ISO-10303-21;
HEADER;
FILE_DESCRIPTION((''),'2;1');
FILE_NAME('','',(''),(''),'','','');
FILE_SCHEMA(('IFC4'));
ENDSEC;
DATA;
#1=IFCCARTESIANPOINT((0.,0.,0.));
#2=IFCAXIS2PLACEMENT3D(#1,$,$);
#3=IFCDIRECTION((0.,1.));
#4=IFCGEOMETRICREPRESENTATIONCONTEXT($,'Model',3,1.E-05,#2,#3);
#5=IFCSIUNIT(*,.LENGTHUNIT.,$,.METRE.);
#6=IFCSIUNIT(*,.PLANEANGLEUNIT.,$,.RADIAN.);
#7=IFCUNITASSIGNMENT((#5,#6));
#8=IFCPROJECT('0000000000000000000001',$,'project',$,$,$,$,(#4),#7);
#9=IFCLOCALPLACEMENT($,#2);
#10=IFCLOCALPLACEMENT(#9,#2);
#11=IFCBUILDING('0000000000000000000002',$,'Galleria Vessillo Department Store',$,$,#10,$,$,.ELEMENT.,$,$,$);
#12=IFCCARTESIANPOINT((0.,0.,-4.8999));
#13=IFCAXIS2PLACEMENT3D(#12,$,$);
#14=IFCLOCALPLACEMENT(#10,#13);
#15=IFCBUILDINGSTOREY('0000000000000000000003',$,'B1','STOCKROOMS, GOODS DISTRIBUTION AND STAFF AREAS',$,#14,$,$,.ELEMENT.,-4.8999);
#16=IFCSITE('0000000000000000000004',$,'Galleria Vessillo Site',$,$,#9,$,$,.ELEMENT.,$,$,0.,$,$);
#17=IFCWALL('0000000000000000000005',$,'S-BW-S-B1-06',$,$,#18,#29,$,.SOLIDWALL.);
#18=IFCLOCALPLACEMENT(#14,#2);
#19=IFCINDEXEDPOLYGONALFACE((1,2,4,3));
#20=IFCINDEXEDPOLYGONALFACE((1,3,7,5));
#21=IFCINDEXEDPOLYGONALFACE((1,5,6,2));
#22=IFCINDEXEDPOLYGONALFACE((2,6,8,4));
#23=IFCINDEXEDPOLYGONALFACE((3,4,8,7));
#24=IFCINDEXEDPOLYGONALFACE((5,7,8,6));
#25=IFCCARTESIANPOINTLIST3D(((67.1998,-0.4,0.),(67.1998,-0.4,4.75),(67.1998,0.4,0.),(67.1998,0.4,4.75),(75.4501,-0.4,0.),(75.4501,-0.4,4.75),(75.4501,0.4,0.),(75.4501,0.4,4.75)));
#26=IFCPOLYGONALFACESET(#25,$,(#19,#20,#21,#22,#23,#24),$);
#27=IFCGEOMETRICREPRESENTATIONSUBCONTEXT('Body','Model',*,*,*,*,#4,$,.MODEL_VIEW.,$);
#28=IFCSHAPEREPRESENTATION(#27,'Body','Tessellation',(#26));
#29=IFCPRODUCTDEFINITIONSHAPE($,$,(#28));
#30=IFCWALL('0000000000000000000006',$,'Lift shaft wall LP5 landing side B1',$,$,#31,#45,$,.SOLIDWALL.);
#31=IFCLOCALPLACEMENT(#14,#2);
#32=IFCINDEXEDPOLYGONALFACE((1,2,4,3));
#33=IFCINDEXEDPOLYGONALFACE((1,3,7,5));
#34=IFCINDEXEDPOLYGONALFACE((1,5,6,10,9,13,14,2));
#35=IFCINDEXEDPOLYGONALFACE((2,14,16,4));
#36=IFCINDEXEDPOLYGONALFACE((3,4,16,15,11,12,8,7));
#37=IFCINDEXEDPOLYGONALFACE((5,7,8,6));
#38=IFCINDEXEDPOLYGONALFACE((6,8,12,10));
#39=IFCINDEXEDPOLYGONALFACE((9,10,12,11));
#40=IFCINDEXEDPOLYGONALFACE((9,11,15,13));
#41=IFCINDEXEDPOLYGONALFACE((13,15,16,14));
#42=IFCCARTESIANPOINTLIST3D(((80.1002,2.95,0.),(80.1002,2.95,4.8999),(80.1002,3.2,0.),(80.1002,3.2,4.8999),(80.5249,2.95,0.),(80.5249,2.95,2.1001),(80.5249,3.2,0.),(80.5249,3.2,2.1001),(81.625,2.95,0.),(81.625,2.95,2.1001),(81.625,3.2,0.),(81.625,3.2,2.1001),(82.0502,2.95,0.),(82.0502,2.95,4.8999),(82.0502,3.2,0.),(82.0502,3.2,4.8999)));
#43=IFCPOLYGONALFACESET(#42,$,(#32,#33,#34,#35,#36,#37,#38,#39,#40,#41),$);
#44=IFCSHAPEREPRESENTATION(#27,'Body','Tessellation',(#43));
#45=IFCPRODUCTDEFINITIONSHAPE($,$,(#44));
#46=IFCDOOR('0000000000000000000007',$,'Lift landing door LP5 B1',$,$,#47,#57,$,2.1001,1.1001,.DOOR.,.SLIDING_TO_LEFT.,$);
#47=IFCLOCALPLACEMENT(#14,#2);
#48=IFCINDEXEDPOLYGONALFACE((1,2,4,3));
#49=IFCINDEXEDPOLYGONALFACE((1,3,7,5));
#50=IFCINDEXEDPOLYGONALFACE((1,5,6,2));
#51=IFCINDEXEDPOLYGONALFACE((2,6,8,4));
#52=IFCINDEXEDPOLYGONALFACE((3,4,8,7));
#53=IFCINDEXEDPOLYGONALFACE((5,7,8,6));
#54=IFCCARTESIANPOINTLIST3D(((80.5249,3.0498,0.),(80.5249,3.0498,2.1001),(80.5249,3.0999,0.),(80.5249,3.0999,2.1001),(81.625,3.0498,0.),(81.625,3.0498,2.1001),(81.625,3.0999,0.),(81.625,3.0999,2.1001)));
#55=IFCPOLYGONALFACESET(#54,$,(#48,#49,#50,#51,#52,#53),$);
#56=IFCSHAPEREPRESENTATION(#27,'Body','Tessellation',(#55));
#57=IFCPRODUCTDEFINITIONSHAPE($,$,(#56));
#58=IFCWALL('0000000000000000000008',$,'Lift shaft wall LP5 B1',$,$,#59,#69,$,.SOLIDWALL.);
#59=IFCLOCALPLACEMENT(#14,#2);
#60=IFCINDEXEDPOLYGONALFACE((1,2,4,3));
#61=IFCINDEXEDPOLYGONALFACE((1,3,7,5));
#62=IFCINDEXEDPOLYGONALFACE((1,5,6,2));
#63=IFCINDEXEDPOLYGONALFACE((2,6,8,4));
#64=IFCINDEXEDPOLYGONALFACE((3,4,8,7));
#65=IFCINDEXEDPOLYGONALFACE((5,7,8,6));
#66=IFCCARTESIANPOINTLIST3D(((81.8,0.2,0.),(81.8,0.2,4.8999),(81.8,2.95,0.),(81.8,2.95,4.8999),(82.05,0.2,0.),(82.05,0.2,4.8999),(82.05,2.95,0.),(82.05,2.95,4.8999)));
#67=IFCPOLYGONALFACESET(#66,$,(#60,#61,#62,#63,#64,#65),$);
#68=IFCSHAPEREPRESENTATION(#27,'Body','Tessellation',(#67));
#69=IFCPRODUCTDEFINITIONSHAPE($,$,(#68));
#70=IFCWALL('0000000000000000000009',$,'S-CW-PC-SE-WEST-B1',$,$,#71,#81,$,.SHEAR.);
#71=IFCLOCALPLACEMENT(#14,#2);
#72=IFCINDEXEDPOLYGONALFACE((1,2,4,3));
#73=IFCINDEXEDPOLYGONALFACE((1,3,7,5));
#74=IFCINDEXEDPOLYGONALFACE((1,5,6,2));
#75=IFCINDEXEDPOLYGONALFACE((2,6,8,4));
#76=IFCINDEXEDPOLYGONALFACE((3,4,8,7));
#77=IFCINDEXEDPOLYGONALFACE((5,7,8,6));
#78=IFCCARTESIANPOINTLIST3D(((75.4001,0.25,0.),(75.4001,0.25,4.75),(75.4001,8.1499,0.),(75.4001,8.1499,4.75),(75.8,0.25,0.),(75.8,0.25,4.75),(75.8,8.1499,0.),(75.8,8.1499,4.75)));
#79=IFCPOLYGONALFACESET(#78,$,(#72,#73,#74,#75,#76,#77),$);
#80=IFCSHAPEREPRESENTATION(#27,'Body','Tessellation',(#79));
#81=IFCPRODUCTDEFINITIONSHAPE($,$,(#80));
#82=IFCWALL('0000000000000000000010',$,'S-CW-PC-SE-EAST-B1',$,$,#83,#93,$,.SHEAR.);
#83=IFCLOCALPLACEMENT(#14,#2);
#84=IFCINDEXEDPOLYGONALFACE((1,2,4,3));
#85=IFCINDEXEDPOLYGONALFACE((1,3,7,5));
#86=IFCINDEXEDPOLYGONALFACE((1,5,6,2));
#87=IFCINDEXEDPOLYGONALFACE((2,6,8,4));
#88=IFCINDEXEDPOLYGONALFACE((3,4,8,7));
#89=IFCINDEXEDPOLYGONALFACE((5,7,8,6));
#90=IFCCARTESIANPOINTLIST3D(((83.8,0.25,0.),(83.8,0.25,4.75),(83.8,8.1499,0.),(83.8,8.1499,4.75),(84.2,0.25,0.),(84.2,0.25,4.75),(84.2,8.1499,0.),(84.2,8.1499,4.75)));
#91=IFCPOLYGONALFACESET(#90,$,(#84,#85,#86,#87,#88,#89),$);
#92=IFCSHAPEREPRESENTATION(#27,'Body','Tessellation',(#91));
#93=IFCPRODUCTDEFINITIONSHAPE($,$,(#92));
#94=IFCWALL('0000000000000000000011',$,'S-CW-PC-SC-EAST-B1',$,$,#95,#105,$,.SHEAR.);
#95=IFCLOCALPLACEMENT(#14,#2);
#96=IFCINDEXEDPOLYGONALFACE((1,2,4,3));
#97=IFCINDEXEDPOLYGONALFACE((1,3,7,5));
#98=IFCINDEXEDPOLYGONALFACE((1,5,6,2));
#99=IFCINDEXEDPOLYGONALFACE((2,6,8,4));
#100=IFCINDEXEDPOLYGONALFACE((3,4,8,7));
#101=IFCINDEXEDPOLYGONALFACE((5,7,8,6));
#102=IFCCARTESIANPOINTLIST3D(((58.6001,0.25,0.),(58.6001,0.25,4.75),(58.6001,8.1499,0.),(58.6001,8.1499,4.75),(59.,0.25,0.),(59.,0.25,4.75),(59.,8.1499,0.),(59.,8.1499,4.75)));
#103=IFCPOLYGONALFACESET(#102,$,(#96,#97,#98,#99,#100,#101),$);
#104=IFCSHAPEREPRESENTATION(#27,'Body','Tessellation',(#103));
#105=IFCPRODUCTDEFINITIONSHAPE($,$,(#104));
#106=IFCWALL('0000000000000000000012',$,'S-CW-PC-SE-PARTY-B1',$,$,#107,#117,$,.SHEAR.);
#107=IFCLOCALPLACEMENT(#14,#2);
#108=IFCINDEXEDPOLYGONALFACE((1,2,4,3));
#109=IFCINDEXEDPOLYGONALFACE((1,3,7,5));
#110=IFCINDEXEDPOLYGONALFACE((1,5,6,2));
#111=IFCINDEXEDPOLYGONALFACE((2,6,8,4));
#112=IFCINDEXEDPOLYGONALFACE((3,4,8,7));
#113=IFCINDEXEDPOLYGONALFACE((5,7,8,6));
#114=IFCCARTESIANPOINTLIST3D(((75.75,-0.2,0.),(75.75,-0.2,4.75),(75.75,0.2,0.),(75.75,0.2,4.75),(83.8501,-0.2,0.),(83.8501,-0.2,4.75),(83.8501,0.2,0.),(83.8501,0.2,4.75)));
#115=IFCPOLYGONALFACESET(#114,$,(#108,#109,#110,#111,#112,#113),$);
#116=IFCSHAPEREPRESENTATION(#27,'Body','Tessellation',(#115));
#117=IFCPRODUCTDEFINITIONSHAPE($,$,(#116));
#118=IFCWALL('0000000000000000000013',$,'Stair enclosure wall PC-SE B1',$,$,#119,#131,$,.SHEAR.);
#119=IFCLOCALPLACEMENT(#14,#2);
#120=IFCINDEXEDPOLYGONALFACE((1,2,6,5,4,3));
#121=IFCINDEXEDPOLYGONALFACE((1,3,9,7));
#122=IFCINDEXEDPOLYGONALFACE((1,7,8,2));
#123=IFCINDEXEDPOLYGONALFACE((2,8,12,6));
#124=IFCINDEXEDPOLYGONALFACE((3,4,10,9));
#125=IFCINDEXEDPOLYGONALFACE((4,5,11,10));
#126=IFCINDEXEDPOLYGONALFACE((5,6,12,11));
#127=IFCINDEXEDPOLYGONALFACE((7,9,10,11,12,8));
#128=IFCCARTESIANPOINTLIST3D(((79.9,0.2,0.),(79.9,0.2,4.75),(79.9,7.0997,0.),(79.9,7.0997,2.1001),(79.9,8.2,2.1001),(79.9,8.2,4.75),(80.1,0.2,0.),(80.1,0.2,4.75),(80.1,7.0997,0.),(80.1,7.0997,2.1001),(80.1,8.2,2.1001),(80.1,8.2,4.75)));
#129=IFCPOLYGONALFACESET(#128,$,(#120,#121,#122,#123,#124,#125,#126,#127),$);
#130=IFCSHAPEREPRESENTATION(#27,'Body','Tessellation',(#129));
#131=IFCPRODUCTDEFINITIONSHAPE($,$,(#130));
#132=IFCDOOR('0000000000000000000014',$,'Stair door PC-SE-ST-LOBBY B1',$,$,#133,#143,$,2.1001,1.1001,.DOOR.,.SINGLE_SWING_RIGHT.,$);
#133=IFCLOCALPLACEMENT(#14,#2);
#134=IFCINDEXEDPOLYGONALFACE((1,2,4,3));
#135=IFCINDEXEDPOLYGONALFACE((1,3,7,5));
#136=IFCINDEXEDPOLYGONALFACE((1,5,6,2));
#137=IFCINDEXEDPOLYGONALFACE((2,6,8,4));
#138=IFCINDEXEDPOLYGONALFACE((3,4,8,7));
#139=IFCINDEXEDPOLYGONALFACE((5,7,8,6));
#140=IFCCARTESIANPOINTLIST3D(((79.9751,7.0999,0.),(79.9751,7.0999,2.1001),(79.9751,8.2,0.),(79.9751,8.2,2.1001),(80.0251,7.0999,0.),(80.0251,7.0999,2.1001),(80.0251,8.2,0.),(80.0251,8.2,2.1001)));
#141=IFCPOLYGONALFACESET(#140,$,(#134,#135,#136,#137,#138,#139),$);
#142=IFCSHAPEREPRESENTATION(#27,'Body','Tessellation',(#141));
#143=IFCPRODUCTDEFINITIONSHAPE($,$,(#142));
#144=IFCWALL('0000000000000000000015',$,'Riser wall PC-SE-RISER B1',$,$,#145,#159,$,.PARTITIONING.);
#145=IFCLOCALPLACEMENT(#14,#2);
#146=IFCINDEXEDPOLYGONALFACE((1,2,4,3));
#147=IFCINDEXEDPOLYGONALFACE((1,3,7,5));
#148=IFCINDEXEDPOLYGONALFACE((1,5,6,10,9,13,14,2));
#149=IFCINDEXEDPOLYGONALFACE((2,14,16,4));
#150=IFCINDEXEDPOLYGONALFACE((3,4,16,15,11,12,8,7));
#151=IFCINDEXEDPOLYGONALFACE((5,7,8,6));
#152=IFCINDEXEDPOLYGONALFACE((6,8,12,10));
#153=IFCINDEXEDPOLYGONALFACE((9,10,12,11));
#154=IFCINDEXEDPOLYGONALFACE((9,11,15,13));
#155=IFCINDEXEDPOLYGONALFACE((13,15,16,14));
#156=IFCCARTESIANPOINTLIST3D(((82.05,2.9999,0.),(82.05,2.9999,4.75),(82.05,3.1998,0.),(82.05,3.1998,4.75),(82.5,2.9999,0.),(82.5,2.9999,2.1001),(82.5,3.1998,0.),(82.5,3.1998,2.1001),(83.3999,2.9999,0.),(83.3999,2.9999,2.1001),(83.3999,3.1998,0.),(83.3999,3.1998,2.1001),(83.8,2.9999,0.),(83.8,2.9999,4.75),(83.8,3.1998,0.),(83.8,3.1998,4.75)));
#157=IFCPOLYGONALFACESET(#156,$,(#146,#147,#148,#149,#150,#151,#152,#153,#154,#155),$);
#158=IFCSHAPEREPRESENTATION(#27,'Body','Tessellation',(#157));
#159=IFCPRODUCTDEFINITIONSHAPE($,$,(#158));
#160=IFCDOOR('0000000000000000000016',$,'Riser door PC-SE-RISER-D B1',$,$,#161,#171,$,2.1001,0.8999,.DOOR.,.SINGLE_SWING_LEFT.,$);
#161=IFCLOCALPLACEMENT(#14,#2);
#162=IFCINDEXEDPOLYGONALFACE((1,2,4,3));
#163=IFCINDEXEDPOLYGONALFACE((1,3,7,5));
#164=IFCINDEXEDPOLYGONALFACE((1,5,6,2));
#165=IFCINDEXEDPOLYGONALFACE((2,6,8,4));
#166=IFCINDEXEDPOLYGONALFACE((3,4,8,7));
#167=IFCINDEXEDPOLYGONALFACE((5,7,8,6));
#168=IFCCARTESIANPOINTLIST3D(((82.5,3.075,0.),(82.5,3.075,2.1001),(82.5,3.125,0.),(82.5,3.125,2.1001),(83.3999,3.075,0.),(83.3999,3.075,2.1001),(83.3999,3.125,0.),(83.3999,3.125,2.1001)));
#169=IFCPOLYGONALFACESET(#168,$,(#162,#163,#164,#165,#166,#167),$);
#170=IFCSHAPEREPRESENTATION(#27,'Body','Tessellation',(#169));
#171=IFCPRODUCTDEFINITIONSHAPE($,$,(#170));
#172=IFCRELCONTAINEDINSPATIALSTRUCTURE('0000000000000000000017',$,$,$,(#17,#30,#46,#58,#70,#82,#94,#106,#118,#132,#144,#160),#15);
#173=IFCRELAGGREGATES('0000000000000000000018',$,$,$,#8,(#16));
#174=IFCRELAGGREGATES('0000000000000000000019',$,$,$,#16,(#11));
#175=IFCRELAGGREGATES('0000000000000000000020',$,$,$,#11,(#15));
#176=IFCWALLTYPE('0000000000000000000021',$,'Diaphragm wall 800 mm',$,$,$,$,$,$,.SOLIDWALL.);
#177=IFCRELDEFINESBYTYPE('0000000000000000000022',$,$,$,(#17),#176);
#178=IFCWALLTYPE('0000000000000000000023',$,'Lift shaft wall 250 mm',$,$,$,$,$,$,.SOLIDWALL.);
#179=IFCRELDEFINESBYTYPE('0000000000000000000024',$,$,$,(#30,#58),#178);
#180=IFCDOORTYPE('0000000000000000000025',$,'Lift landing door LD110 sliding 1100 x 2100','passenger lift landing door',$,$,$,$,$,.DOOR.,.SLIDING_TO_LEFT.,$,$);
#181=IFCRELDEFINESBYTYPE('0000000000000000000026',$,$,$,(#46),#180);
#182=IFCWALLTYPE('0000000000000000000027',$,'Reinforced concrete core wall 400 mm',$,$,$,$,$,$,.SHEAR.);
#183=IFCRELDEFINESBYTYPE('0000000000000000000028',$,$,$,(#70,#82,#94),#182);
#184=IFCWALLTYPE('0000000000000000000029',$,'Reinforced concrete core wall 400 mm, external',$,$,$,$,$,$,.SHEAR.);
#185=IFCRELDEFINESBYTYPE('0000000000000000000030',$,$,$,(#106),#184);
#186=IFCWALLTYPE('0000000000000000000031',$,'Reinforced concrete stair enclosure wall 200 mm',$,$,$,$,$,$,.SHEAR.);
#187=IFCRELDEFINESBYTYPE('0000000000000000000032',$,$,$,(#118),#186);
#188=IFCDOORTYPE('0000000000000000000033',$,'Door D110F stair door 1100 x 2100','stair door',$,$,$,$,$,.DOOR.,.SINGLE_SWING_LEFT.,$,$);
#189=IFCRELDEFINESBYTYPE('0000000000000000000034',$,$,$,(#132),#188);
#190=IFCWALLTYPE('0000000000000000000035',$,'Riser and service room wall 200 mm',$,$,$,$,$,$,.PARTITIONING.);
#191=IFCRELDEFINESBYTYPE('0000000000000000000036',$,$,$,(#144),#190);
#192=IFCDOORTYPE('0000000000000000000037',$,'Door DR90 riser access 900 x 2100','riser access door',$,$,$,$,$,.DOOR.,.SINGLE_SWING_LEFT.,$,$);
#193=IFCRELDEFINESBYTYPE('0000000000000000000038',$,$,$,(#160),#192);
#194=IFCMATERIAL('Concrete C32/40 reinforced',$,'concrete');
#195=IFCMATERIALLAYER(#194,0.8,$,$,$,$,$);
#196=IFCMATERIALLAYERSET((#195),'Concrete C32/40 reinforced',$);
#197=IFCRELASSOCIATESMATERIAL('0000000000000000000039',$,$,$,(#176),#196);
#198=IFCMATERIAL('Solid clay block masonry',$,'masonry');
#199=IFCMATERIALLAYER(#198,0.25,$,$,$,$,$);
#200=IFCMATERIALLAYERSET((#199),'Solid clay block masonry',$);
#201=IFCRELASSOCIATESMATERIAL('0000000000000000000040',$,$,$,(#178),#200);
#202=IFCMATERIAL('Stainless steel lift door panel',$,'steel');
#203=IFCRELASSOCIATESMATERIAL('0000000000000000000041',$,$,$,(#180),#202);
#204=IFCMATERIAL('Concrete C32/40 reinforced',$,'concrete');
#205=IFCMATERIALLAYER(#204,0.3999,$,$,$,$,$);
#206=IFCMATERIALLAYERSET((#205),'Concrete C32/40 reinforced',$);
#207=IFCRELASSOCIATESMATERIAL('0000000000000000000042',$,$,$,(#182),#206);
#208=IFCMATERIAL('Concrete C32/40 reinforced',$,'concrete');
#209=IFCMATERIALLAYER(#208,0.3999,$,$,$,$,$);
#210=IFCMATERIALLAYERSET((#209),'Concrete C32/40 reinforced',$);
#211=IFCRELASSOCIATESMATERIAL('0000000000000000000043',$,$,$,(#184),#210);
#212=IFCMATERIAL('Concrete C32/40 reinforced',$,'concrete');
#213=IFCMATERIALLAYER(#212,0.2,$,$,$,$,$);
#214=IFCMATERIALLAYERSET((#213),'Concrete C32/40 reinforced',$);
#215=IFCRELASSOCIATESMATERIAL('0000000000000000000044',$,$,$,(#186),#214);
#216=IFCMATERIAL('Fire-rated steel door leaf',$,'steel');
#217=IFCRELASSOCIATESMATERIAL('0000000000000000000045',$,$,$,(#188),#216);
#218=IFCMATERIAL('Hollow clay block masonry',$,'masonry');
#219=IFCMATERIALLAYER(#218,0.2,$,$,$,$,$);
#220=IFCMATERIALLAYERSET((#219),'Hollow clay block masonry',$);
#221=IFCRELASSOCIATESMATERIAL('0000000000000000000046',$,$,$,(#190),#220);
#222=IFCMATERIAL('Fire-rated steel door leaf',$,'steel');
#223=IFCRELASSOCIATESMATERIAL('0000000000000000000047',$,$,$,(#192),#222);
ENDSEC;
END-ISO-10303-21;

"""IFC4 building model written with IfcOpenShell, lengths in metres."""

from ifc_helpers import new_model, si_unit, direction, frame, frame_2d, origin, place, context, subcontext, project, spatial, rectangle, extrude, material, layer, layer_set, type_object, element, fill, save


model = new_model("IFC4")

# Units and contexts
model_context = context("Model", 3, precision=1e-05, world=origin(), true_north=direction((0.0, 1.0)))
body_context = subcontext(model_context, "Body", "Model", "MODEL_VIEW")
ifc_project = project(units=[si_unit("LENGTHUNIT", "METRE"), si_unit("PLANEANGLEUNIT", "RADIAN")], contexts=[model_context])

# Site, building, storey
site_placement = place(None, origin())
site = spatial("IfcSite", under=ifc_project, at=site_placement, Name="Galleria Vessillo Site", CompositionType="ELEMENT", RefElevation=0.0)
building_placement = place(site_placement, origin())
building = spatial("IfcBuilding", under=site, at=building_placement, Name="Galleria Vessillo Department Store", CompositionType="ELEMENT")
storey_placement = place(building_placement, frame((0.0, 0.0, -4.8999)))
storey = spatial("IfcBuildingStorey", under=building, at=storey_placement, Name="B1", Description="STOCKROOMS, GOODS DISTRIBUTION AND STAFF AREAS", CompositionType="ELEMENT", Elevation=-4.8999)

# Wall
ifc_material_1 = material(Name="Concrete C32/40 reinforced", Category="concrete")
ifc_layer_1 = layer(ifc_material_1, 0.8)
ifc_layer_set_1 = layer_set([ifc_layer_1], Name="Concrete C32/40 reinforced")
wall_type_1 = type_object("IfcWallType", Name="Diaphragm wall 800 mm", PredefinedType="SOLIDWALL", material=ifc_layer_set_1)
wall_1_placement = place(storey_placement, frame((67.2, 0.0, 0.0), z_axis=(0.0, 0.0, 1.0), x_axis=(1.0, 0.0, 0.0)))
element("IfcWall", 1, at=wall_1_placement, inside=storey, type_object=wall_type_1, Name="S-BW-S-B1-06", PredefinedType="SOLIDWALL", context=body_context, shape_type="SweptSolid", body=[
    extrude(rectangle(XDim=8.2502, YDim=0.8, at=frame_2d((4.125, 0.0))), origin(), (0.0, 0.0, 1.0), 4.75),
])

# Wall, opening, door
ifc_material_2 = material(Name="Solid clay block masonry", Category="masonry")
ifc_layer_2 = layer(ifc_material_2, 0.25)
ifc_layer_set_2 = layer_set([ifc_layer_2], Name="Solid clay block masonry")
wall_type_2 = type_object("IfcWallType", Name="Lift shaft wall 250 mm", PredefinedType="SOLIDWALL", material=ifc_layer_set_2)
wall_2_placement = place(storey_placement, frame((80.1001, 3.075, 0.0), z_axis=(0.0, 0.0, 1.0), x_axis=(1.0, 0.0, 0.0)))
wall_2 = element("IfcWall", 2, at=wall_2_placement, inside=storey, type_object=wall_type_2, Name="Lift shaft wall LP5 landing side B1", PredefinedType="SOLIDWALL", context=body_context, shape_type="SweptSolid", body=[
    extrude(rectangle(XDim=1.95, YDim=0.25, at=frame_2d((0.9751, 0.0))), origin(), (0.0, 0.0, 1.0), 4.8999),
])
opening_1_placement = place(wall_2_placement, frame((0.4248, 0.0, 0.0)))
opening_1 = element("IfcOpeningElement", 3, at=opening_1_placement, cuts=wall_2, PredefinedType="OPENING", context=body_context, shape_type="SweptSolid", body=[
    extrude(rectangle(XDim=1.1001, YDim=2.1001, at=frame_2d((0.55, 1.05))), frame((0.0, 0.135, 0.0), z_axis=(0.0, -1.0, 0.0), x_axis=(1.0, 0.0, 0.0)), (0.0, 0.0, 1.0), 0.27),
])
ifc_material_3 = material(Name="Stainless steel lift door panel", Category="steel")
door_type_1 = type_object("IfcDoorType", Name="Lift landing door LD110 sliding 1100 x 2100", Description="passenger lift landing door", OperationType="SLIDING_TO_LEFT", PredefinedType="DOOR", material=ifc_material_3)
door_1_placement = place(opening_1_placement, origin())
door_1 = element("IfcDoor", 4, at=door_1_placement, inside=storey, type_object=door_type_1, Name="Lift landing door LP5 B1", OperationType="SLIDING_TO_LEFT", OverallHeight=2.1001, OverallWidth=1.1001, PredefinedType="DOOR", context=body_context, shape_type="SweptSolid", body=[
    extrude(rectangle(XDim=1.1001, YDim=2.1001, at=frame_2d((0.55, 1.05))), frame((0.0, 0.0249, 0.0), z_axis=(0.0, -1.0, 0.0), x_axis=(1.0, 0.0, 0.0)), (0.0, 0.0, 1.0), 0.05),
])
fill(opening_1, door_1)

# Walls
wall_3_placement = place(storey_placement, frame((81.925, 0.2, 0.0), z_axis=(0.0, 0.0, 1.0), x_axis=(0.0, 1.0, 0.0)))
element("IfcWall", 5, at=wall_3_placement, inside=storey, type_object=wall_type_2, Name="Lift shaft wall LP5 B1", PredefinedType="SOLIDWALL", context=body_context, shape_type="SweptSolid", body=[
    extrude(rectangle(XDim=2.75, YDim=0.25, at=frame_2d((1.375, 0.0))), origin(), (0.0, 0.0, 1.0), 4.8999),
])
ifc_material_4 = material(Name="Concrete C32/40 reinforced", Category="concrete")
ifc_layer_3 = layer(ifc_material_4, 0.3999)
ifc_layer_set_3 = layer_set([ifc_layer_3], Name="Concrete C32/40 reinforced")
wall_type_3 = type_object("IfcWallType", Name="Reinforced concrete core wall 400 mm", PredefinedType="SHEAR", material=ifc_layer_set_3)
for number, where, z_axis, x_axis, name in (
    (6, (75.6001, 0.25, 0.0), (0.0, 0.0, 1.0), (0.0, 1.0, 0.0), "S-CW-PC-SE-WEST-B1"),
    (7, (84.0, 0.25, 0.0), (0.0, 0.0, 1.0), (0.0, 1.0, 0.0), "S-CW-PC-SE-EAST-B1"),
    (8, (58.8, 0.25, 0.0), (0.0, 0.0, 1.0), (0.0, 1.0, 0.0), "S-CW-PC-SC-EAST-B1"),
):
    element("IfcWall", number, at=place(storey_placement, frame(where, z_axis=z_axis, x_axis=x_axis)), inside=storey, type_object=wall_type_3, Name=name, PredefinedType="SHEAR", context=body_context, shape_type="SweptSolid", body=[
        extrude(rectangle(XDim=7.8999, YDim=0.3999, at=frame_2d((3.95, 0.0))), origin(), (0.0, 0.0, 1.0), 4.75),
    ])
ifc_material_5 = material(Name="Concrete C32/40 reinforced", Category="concrete")
ifc_layer_4 = layer(ifc_material_5, 0.3999)
ifc_layer_set_4 = layer_set([ifc_layer_4], Name="Concrete C32/40 reinforced")
wall_type_4 = type_object("IfcWallType", Name="Reinforced concrete core wall 400 mm, external", PredefinedType="SHEAR", material=ifc_layer_set_4)
wall_4_placement = place(storey_placement, frame((75.75, 0.0, 0.0), z_axis=(0.0, 0.0, 1.0), x_axis=(1.0, 0.0, 0.0)))
element("IfcWall", 9, at=wall_4_placement, inside=storey, type_object=wall_type_4, Name="S-CW-PC-SE-PARTY-B1", PredefinedType="SHEAR", context=body_context, shape_type="SweptSolid", body=[
    extrude(rectangle(XDim=8.1001, YDim=0.3999, at=frame_2d((4.05, 0.0))), origin(), (0.0, 0.0, 1.0), 4.75),
])

# Walls, openings, doors
ifc_material_6 = material(Name="Concrete C32/40 reinforced", Category="concrete")
ifc_layer_5 = layer(ifc_material_6, 0.2)
ifc_layer_set_5 = layer_set([ifc_layer_5], Name="Concrete C32/40 reinforced")
wall_type_5 = type_object("IfcWallType", Name="Reinforced concrete stair enclosure wall 200 mm", PredefinedType="SHEAR", material=ifc_layer_set_5)
wall_5_placement = place(storey_placement, frame((80.0, 0.2, 0.0), z_axis=(0.0, 0.0, 1.0), x_axis=(0.0, 1.0, 0.0)))
wall_5 = element("IfcWall", 10, at=wall_5_placement, inside=storey, type_object=wall_type_5, Name="Stair enclosure wall PC-SE B1", PredefinedType="SHEAR", context=body_context, shape_type="SweptSolid", body=[
    extrude(rectangle(XDim=8.0, YDim=0.2, at=frame_2d((4.0, 0.0))), origin(), (0.0, 0.0, 1.0), 4.75),
])
opening_2_placement = place(wall_5_placement, frame((6.8999, 0.0, 0.0)))
opening_2 = element("IfcOpeningElement", 11, at=opening_2_placement, cuts=wall_5, PredefinedType="OPENING", context=body_context, shape_type="SweptSolid", body=[
    extrude(rectangle(XDim=1.1101, YDim=2.1001, at=frame_2d((0.5549, 1.05))), frame((0.0, 0.1099, 0.0), z_axis=(0.0, -1.0, 0.0), x_axis=(1.0, 0.0, 0.0)), (0.0, 0.0, 1.0), 0.22),
])
ifc_material_7 = material(Name="Fire-rated steel door leaf", Category="steel")
door_type_2 = type_object("IfcDoorType", Name="Door D110F stair door 1100 x 2100", Description="stair door", OperationType="SINGLE_SWING_LEFT", PredefinedType="DOOR", material=ifc_material_7)
door_2_placement = place(opening_2_placement, origin())
door_2 = element("IfcDoor", 12, at=door_2_placement, inside=storey, type_object=door_type_2, Name="Stair door PC-SE-ST-LOBBY B1", OperationType="SINGLE_SWING_RIGHT", OverallHeight=2.1001, OverallWidth=1.1001, PredefinedType="DOOR", context=body_context, shape_type="SweptSolid", body=[
    extrude(rectangle(XDim=1.1001, YDim=2.1001, at=frame_2d((0.55, 1.05))), frame((0.0, 0.0249, 0.0), z_axis=(0.0, -1.0, 0.0), x_axis=(1.0, 0.0, 0.0)), (0.0, 0.0, 1.0), 0.05),
])
fill(opening_2, door_2)
ifc_material_8 = material(Name="Hollow clay block masonry", Category="masonry")
ifc_layer_6 = layer(ifc_material_8, 0.2)
ifc_layer_set_6 = layer_set([ifc_layer_6], Name="Hollow clay block masonry")
wall_type_6 = type_object("IfcWallType", Name="Riser and service room wall 200 mm", PredefinedType="PARTITIONING", material=ifc_layer_set_6)
wall_6_placement = place(storey_placement, frame((82.05, 3.0999, 0.0), z_axis=(0.0, 0.0, 1.0), x_axis=(1.0, 0.0, 0.0)))
wall_6 = element("IfcWall", 13, at=wall_6_placement, inside=storey, type_object=wall_type_6, Name="Riser wall PC-SE-RISER B1", PredefinedType="PARTITIONING", context=body_context, shape_type="SweptSolid", body=[
    extrude(rectangle(XDim=1.75, YDim=0.2, at=frame_2d((0.875, 0.0))), origin(), (0.0, 0.0, 1.0), 4.75),
])
opening_3_placement = place(wall_6_placement, frame((0.45, 0.0, 0.0)))
opening_3 = element("IfcOpeningElement", 14, at=opening_3_placement, cuts=wall_6, PredefinedType="OPENING", context=body_context, shape_type="SweptSolid", body=[
    extrude(rectangle(XDim=0.8999, YDim=2.1001, at=frame_2d((0.45, 1.05))), frame((0.0, 0.1099, 0.0), z_axis=(0.0, -1.0, 0.0), x_axis=(1.0, 0.0, 0.0)), (0.0, 0.0, 1.0), 0.22),
])
ifc_material_9 = material(Name="Fire-rated steel door leaf", Category="steel")
door_type_3 = type_object("IfcDoorType", Name="Door DR90 riser access 900 x 2100", Description="riser access door", OperationType="SINGLE_SWING_LEFT", PredefinedType="DOOR", material=ifc_material_9)
door_3_placement = place(opening_3_placement, frame((0.8999, 0.0, 0.0), z_axis=(0.0, 0.0, 1.0), x_axis=(-1.0, 0.0, 0.0)))
door_3 = element("IfcDoor", 15, at=door_3_placement, inside=storey, type_object=door_type_3, Name="Riser door PC-SE-RISER-D B1", OperationType="SINGLE_SWING_LEFT", OverallHeight=2.1001, OverallWidth=0.8999, PredefinedType="DOOR", context=body_context, shape_type="SweptSolid", body=[
    extrude(rectangle(XDim=0.8999, YDim=2.1001, at=frame_2d((0.45, 1.05))), frame((0.0, 0.0249, 0.0), z_axis=(0.0, -1.0, 0.0), x_axis=(1.0, 0.0, 0.0)), (0.0, 0.0, 1.0), 0.05),
])
fill(opening_3, door_3)

save(model, "model.ifc")
